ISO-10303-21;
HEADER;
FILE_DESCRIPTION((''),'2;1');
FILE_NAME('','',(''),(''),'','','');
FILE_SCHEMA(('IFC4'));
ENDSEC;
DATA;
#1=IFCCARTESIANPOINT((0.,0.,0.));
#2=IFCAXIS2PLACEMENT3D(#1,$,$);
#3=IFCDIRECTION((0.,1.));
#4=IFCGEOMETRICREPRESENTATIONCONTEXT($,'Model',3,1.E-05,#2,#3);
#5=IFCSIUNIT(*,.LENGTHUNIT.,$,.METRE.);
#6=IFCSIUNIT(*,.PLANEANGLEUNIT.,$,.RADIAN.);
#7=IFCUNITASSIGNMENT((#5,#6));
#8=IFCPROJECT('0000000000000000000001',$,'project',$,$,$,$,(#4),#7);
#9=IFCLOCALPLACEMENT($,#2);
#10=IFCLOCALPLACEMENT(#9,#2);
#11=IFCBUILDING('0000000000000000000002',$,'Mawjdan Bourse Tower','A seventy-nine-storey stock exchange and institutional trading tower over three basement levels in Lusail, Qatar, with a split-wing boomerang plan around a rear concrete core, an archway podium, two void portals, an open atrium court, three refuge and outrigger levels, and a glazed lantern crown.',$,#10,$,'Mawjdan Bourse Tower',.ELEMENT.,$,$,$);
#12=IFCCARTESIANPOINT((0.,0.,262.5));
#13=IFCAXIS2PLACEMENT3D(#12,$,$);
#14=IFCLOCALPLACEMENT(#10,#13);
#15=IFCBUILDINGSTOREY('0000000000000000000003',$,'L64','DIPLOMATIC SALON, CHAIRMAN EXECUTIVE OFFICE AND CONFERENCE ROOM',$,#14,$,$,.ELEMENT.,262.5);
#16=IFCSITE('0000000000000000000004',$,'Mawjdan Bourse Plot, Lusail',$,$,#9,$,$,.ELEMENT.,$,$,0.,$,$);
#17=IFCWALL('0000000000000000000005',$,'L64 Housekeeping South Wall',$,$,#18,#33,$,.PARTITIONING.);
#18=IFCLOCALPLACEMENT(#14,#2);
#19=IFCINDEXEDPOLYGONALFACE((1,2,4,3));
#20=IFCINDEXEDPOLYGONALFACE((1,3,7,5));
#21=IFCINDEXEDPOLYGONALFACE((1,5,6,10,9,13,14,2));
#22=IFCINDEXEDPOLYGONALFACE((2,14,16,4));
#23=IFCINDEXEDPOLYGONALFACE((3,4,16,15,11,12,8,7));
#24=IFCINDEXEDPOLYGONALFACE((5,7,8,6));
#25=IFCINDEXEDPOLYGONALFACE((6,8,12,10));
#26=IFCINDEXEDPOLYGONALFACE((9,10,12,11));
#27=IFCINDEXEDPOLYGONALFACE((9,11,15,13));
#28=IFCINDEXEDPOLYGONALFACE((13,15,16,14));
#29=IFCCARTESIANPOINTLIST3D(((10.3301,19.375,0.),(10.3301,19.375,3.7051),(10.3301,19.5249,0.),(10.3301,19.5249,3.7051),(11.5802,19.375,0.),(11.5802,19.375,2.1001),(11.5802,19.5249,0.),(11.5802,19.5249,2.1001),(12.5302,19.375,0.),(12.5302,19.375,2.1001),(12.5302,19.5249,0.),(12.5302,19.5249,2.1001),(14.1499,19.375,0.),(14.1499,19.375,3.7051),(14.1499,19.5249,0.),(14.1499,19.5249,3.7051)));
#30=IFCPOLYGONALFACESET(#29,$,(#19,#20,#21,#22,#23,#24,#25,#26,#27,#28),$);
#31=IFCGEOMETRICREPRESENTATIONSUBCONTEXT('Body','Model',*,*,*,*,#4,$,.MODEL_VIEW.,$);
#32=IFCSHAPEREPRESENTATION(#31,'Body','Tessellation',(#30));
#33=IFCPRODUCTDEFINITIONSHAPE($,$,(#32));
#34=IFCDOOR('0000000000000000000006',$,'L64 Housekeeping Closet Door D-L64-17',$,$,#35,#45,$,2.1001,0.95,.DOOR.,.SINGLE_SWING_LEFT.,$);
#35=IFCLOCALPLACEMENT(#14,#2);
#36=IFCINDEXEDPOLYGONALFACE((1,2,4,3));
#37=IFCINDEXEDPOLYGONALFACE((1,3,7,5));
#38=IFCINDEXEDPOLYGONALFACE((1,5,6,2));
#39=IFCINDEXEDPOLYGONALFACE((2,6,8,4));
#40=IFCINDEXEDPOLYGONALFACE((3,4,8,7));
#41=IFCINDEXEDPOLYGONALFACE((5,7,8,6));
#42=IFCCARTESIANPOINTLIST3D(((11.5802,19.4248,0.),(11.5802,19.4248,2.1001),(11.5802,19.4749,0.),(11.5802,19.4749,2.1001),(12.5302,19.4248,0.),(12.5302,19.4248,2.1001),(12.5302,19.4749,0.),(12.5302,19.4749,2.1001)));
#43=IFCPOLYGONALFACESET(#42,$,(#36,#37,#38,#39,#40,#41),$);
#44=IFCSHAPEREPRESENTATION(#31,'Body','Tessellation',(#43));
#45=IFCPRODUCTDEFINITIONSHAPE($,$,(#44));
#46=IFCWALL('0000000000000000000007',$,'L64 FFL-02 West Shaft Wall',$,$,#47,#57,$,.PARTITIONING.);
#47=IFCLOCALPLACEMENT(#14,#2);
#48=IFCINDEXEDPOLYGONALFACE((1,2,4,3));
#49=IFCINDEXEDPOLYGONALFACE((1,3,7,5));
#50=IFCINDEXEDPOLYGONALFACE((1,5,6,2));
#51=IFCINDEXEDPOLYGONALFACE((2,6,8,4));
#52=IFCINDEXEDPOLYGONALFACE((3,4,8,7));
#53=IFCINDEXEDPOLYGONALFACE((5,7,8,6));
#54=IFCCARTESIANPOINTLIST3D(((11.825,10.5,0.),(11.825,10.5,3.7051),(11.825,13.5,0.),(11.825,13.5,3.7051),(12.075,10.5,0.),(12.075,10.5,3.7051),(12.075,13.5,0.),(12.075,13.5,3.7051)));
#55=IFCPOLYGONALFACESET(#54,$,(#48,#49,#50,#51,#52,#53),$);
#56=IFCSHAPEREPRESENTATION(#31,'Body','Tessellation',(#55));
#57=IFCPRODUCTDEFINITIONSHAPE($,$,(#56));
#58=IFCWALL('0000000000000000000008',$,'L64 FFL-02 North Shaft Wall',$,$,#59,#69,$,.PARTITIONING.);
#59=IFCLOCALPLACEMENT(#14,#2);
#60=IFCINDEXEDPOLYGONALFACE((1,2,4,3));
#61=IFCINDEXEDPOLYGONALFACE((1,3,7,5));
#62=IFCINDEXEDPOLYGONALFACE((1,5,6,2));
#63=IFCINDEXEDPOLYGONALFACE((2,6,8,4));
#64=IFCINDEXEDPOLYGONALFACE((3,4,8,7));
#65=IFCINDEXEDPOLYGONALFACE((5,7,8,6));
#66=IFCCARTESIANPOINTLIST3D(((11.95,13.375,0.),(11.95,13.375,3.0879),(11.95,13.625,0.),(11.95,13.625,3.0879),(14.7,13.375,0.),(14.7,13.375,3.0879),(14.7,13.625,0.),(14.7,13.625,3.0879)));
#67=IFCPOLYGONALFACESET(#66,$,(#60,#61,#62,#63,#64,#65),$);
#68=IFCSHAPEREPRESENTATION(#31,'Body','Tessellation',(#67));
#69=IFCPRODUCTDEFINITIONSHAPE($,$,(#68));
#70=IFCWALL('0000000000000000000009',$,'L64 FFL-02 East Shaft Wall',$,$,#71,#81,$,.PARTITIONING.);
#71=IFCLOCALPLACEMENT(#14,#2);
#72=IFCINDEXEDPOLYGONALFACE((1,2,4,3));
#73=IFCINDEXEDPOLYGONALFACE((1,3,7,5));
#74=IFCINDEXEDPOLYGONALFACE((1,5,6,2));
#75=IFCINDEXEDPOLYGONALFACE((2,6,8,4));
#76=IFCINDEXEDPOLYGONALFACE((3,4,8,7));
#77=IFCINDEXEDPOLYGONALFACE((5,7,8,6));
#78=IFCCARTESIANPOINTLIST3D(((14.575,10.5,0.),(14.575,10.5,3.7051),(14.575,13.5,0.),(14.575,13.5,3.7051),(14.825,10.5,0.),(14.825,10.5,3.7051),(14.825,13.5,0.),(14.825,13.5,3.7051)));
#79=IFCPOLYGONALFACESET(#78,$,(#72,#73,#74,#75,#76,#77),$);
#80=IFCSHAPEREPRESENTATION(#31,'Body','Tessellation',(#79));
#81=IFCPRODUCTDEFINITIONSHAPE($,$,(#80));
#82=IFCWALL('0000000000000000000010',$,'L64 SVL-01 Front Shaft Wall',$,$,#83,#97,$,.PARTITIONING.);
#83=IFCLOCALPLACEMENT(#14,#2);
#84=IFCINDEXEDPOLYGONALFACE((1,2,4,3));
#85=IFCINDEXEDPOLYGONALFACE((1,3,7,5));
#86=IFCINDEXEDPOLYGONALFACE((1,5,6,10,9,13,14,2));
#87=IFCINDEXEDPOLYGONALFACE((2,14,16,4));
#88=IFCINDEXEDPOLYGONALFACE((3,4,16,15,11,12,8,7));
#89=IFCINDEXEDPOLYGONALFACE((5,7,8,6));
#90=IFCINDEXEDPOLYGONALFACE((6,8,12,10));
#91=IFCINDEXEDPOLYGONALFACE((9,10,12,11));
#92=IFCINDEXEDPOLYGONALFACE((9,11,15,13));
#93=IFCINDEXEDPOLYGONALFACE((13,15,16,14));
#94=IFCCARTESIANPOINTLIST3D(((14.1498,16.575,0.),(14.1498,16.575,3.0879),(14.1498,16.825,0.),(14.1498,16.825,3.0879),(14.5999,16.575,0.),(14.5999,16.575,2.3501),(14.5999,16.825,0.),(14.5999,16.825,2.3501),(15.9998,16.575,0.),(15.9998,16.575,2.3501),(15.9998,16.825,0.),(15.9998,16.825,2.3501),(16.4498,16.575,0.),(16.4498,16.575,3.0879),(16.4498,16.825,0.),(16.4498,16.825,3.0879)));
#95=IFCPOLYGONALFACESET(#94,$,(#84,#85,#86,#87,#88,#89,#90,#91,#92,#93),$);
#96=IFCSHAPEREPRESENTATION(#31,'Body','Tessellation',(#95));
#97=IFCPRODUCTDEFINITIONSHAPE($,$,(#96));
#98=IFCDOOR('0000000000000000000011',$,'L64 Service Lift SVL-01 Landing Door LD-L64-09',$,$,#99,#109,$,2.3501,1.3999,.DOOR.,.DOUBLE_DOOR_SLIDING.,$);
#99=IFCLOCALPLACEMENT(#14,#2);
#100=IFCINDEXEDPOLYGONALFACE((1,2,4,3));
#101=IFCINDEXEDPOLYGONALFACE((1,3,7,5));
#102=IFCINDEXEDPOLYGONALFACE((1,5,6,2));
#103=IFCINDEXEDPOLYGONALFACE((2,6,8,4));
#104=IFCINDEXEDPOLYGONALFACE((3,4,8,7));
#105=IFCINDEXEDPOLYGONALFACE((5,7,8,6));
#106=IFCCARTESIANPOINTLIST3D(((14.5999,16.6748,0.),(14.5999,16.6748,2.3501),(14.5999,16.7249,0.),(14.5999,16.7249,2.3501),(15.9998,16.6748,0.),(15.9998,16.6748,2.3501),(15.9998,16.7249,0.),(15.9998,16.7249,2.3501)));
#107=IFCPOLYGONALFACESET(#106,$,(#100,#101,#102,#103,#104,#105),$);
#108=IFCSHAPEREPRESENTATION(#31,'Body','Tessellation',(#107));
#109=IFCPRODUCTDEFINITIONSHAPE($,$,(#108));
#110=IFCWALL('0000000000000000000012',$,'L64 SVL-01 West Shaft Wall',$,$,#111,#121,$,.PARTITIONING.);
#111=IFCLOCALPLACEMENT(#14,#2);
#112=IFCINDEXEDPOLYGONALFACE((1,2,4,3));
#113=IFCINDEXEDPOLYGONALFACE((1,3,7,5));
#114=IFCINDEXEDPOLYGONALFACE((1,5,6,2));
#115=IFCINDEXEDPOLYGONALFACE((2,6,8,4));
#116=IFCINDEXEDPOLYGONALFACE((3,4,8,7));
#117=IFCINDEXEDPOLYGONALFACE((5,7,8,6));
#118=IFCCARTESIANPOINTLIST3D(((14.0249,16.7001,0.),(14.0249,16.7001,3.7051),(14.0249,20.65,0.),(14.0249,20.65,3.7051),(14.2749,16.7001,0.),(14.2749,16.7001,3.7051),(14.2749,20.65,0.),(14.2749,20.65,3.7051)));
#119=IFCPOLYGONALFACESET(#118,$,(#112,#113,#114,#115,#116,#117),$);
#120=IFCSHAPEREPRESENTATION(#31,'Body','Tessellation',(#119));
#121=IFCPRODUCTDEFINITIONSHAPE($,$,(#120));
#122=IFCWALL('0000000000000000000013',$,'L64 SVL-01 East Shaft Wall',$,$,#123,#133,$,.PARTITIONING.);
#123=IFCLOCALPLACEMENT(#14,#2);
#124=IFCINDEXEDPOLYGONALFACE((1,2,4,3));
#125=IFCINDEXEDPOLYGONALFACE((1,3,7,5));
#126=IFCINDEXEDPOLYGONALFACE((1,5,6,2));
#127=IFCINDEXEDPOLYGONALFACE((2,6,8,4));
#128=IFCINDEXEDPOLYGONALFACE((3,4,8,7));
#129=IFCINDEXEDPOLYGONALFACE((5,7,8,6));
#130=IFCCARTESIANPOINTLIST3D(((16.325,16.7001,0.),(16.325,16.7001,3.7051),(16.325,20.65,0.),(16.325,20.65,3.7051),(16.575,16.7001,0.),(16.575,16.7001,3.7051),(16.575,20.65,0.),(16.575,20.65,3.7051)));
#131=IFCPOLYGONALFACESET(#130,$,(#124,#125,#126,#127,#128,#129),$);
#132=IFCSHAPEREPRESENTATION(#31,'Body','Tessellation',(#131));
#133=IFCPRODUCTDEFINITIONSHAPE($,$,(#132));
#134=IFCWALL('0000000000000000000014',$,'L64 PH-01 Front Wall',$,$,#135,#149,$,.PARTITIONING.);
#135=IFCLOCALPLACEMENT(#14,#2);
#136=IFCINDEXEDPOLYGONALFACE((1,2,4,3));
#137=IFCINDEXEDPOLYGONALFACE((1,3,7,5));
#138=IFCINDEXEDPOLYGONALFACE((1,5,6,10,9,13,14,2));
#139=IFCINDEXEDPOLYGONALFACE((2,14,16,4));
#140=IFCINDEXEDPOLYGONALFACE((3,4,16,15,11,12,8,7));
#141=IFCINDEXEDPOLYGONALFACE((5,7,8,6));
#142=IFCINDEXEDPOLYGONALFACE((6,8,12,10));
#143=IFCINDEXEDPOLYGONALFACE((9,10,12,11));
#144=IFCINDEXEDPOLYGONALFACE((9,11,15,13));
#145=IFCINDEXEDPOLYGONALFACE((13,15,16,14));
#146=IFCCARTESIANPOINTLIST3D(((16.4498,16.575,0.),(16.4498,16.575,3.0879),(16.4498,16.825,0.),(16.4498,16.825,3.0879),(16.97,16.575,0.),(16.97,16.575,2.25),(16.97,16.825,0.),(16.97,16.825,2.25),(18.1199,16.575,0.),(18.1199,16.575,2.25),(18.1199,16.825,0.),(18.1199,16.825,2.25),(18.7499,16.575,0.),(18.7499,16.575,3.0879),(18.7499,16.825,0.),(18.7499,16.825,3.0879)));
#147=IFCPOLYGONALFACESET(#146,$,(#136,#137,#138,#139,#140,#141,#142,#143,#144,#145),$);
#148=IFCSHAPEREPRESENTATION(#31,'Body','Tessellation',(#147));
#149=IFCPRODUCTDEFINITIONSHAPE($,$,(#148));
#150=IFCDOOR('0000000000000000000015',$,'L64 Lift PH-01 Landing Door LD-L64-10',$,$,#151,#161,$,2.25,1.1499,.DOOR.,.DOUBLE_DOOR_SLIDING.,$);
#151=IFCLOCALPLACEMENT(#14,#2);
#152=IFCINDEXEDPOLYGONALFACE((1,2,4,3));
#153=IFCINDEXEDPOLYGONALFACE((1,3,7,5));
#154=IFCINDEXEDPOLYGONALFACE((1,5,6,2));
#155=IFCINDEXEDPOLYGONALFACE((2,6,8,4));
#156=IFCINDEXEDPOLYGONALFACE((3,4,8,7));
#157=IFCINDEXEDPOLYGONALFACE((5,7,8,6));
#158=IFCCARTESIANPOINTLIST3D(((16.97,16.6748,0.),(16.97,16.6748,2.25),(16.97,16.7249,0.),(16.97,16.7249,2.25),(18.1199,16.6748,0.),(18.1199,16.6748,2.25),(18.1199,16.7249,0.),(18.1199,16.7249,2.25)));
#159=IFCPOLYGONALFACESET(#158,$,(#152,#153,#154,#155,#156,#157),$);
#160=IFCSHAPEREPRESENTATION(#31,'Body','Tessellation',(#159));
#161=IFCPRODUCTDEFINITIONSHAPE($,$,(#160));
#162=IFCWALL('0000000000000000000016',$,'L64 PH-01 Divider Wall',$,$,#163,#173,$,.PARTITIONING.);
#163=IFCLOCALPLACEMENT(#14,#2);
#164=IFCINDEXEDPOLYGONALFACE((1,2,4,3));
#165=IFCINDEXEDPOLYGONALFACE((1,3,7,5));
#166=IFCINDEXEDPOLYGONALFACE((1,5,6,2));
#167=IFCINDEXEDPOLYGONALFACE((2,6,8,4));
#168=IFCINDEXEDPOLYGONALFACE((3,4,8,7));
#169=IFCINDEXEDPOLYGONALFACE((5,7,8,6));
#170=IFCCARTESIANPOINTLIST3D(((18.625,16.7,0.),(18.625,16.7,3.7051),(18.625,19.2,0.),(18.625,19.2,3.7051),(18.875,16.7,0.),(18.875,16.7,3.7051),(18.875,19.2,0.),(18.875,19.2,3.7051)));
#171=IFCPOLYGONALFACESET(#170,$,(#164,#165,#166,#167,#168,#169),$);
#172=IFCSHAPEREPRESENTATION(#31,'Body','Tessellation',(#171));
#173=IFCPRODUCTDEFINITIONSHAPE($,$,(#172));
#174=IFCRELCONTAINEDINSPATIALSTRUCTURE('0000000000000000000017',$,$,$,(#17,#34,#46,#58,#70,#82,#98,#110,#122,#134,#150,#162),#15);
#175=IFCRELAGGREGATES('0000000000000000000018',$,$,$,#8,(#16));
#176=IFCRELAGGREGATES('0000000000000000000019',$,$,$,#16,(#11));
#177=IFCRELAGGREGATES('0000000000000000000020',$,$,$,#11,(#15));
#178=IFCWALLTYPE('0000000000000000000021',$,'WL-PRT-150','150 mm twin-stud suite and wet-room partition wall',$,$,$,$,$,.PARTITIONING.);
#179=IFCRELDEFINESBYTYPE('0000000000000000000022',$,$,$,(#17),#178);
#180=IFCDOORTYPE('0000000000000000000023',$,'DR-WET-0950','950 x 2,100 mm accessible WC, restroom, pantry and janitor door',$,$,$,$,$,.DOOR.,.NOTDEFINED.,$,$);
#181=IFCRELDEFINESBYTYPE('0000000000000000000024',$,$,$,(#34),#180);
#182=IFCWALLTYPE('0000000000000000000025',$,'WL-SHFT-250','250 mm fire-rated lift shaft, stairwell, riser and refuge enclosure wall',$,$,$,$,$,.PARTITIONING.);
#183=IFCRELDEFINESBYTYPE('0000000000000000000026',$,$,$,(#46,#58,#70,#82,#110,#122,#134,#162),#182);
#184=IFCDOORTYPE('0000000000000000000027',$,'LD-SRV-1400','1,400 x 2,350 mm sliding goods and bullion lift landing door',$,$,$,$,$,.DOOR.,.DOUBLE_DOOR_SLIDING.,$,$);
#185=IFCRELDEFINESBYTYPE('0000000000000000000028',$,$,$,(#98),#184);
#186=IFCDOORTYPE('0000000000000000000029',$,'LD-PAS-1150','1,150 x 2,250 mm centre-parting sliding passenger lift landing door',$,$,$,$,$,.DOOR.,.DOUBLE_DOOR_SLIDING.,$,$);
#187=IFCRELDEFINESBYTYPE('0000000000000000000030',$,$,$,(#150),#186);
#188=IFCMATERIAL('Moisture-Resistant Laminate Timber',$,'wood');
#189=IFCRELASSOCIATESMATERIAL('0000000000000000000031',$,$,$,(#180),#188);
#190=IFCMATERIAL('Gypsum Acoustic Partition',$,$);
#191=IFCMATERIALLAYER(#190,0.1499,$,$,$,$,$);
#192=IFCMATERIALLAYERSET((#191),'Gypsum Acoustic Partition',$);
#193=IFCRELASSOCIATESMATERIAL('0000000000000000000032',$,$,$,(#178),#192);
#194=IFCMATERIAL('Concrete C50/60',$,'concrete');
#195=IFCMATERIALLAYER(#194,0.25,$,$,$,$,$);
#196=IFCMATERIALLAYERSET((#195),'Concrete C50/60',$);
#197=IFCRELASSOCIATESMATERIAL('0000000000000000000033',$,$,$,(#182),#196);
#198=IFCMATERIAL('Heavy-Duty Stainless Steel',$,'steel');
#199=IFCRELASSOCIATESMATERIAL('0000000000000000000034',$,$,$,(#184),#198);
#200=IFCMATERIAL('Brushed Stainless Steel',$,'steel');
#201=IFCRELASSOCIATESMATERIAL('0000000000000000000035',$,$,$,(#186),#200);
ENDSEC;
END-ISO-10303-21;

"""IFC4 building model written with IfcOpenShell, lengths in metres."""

from ifc_helpers import new_model, si_unit, direction, frame, frame_2d, origin, place, context, subcontext, project, spatial, rectangle, extrude, material, layer, layer_set, type_object, element, fill, save


model = new_model("IFC4")

# Units and contexts
model_context = context("Model", 3, precision=1e-05, world=origin(), true_north=direction((0.0, 1.0)))
body_context = subcontext(model_context, "Body", "Model", "MODEL_VIEW")
ifc_project = project(units=[si_unit("LENGTHUNIT", "METRE"), si_unit("PLANEANGLEUNIT", "RADIAN")], contexts=[model_context])

# Site, building, storey
site_placement = place(None, origin())
site = spatial("IfcSite", under=ifc_project, at=site_placement, Name="Mawjdan Bourse Plot, Lusail", CompositionType="ELEMENT", RefElevation=0.0)
building_placement = place(site_placement, origin())
building = spatial("IfcBuilding", under=site, at=building_placement, Name="Mawjdan Bourse Tower", Description="A seventy-nine-storey stock exchange and institutional trading tower over three basement levels in Lusail, Qatar, with a split-wing boomerang plan around a rear concrete core, an archway podium, two void portals, an open atrium court, three refuge and outrigger levels, and a glazed lantern crown.", LongName="Mawjdan Bourse Tower", CompositionType="ELEMENT")
storey_placement = place(building_placement, frame((0.0, 0.0, 262.5)))
storey = spatial("IfcBuildingStorey", under=building, at=storey_placement, Name="L64", Description="DIPLOMATIC SALON, CHAIRMAN EXECUTIVE OFFICE AND CONFERENCE ROOM", CompositionType="ELEMENT", Elevation=262.5)

# Wall, opening, door
ifc_material_1 = material(Name="Moisture-Resistant Laminate Timber", Category="wood")
door_type_1 = type_object("IfcDoorType", Name="DR-WET-0950", Description="950 x 2,100 mm accessible WC, restroom, pantry and janitor door", OperationType="NOTDEFINED", PredefinedType="DOOR", material=ifc_material_1)
ifc_material_2 = material(Name="Gypsum Acoustic Partition")
ifc_layer_1 = layer(ifc_material_2, 0.1499)
ifc_layer_set_1 = layer_set([ifc_layer_1], Name="Gypsum Acoustic Partition")
wall_type_1 = type_object("IfcWallType", Name="WL-PRT-150", Description="150 mm twin-stud suite and wet-room partition wall", PredefinedType="PARTITIONING", material=ifc_layer_set_1)
wall_1_placement = place(storey_placement, frame((10.3301, 19.45, 0.0), z_axis=(0.0, 0.0, 1.0), x_axis=(1.0, 0.0, 0.0)))
wall_1 = element("IfcWall", 1, at=wall_1_placement, inside=storey, type_object=wall_type_1, Name="L64 Housekeeping South Wall", PredefinedType="PARTITIONING", context=body_context, shape_type="SweptSolid", body=[
    extrude(rectangle(XDim=3.8198, YDim=0.1499, at=frame_2d((1.9099, 0.0))), origin(), (0.0, 0.0, 1.0), 3.7051),
])
opening_1_placement = place(wall_1_placement, frame((1.25, 0.0, 0.0)))
opening_1 = element("IfcOpeningElement", 2, at=opening_1_placement, cuts=wall_1, PredefinedType="OPENING", context=body_context, shape_type="SweptSolid", body=[
    extrude(rectangle(XDim=0.95, YDim=2.1001, at=frame_2d((0.4751, 1.05))), frame((0.0, 0.085, 0.0), z_axis=(0.0, -1.0, 0.0), x_axis=(1.0, 0.0, 0.0)), (0.0, 0.0, 1.0), 0.1699),
])
door_1_placement = place(opening_1_placement, origin())
door_1 = element("IfcDoor", 3, at=door_1_placement, inside=storey, type_object=door_type_1, Name="L64 Housekeeping Closet Door D-L64-17", OperationType="SINGLE_SWING_LEFT", OverallHeight=2.1001, OverallWidth=0.95, PredefinedType="DOOR", context=body_context, shape_type="SweptSolid", body=[
    extrude(rectangle(XDim=0.95, YDim=2.1001, at=frame_2d((0.4751, 1.05))), frame((0.0, 0.0249, 0.0), z_axis=(0.0, -1.0, 0.0), x_axis=(1.0, 0.0, 0.0)), (0.0, 0.0, 1.0), 0.05),
])
fill(opening_1, door_1)

# Walls
ifc_material_3 = material(Name="Concrete C50/60", Category="concrete")
ifc_layer_2 = layer(ifc_material_3, 0.25)
ifc_layer_set_2 = layer_set([ifc_layer_2], Name="Concrete C50/60")
wall_type_2 = type_object("IfcWallType", Name="WL-SHFT-250", Description="250 mm fire-rated lift shaft, stairwell, riser and refuge enclosure wall", PredefinedType="PARTITIONING", material=ifc_layer_set_2)
wall_2_placement = place(storey_placement, frame((11.95, 10.5, 0.0), z_axis=(0.0, 0.0, 1.0), x_axis=(0.0, 1.0, 0.0)))
element("IfcWall", 4, at=wall_2_placement, inside=storey, type_object=wall_type_2, Name="L64 FFL-02 West Shaft Wall", PredefinedType="PARTITIONING", context=body_context, shape_type="SweptSolid", body=[
    extrude(rectangle(XDim=3.0, YDim=0.25, at=frame_2d((1.5, 0.0))), origin(), (0.0, 0.0, 1.0), 3.7051),
])
wall_3_placement = place(storey_placement, frame((11.95, 13.5, 0.0), z_axis=(0.0, 0.0, 1.0), x_axis=(1.0, 0.0, 0.0)))
element("IfcWall", 5, at=wall_3_placement, inside=storey, type_object=wall_type_2, Name="L64 FFL-02 North Shaft Wall", PredefinedType="PARTITIONING", context=body_context, shape_type="SweptSolid", body=[
    extrude(rectangle(XDim=2.75, YDim=0.25, at=frame_2d((1.375, 0.0))), origin(), (0.0, 0.0, 1.0), 3.0879),
])
wall_4_placement = place(storey_placement, frame((14.7, 10.5, 0.0), z_axis=(0.0, 0.0, 1.0), x_axis=(0.0, 1.0, 0.0)))
element("IfcWall", 6, at=wall_4_placement, inside=storey, type_object=wall_type_2, Name="L64 FFL-02 East Shaft Wall", PredefinedType="PARTITIONING", context=body_context, shape_type="SweptSolid", body=[
    extrude(rectangle(XDim=3.0, YDim=0.25, at=frame_2d((1.5, 0.0))), origin(), (0.0, 0.0, 1.0), 3.7051),
])

# Wall, opening, door
wall_5_placement = place(storey_placement, frame((14.1499, 16.7, 0.0), z_axis=(0.0, 0.0, 1.0), x_axis=(1.0, 0.0, 0.0)))
wall_5 = element("IfcWall", 7, at=wall_5_placement, inside=storey, type_object=wall_type_2, Name="L64 SVL-01 Front Shaft Wall", PredefinedType="PARTITIONING", context=body_context, shape_type="SweptSolid", body=[
    extrude(rectangle(XDim=2.3, YDim=0.25, at=frame_2d((1.1499, 0.0))), origin(), (0.0, 0.0, 1.0), 3.0879),
])
opening_2_placement = place(wall_5_placement, frame((0.45, 0.0, 0.0)))
opening_2 = element("IfcOpeningElement", 8, at=opening_2_placement, cuts=wall_5, PredefinedType="OPENING", context=body_context, shape_type="SweptSolid", body=[
    extrude(rectangle(XDim=1.3999, YDim=2.3501, at=frame_2d((0.7, 1.175))), frame((0.0, 0.135, 0.0), z_axis=(0.0, -1.0, 0.0), x_axis=(1.0, 0.0, 0.0)), (0.0, 0.0, 1.0), 0.27),
])
ifc_material_4 = material(Name="Heavy-Duty Stainless Steel", Category="steel")
door_type_2 = type_object("IfcDoorType", Name="LD-SRV-1400", Description="1,400 x 2,350 mm sliding goods and bullion lift landing door", OperationType="DOUBLE_DOOR_SLIDING", PredefinedType="DOOR", material=ifc_material_4)
door_2_placement = place(opening_2_placement, origin())
door_2 = element("IfcDoor", 9, at=door_2_placement, inside=storey, type_object=door_type_2, Name="L64 Service Lift SVL-01 Landing Door LD-L64-09", OperationType="DOUBLE_DOOR_SLIDING", OverallHeight=2.3501, OverallWidth=1.3999, PredefinedType="DOOR", context=body_context, shape_type="SweptSolid", body=[
    extrude(rectangle(XDim=1.3999, YDim=2.3501, at=frame_2d((0.7, 1.175))), frame((0.0, 0.0249, 0.0), z_axis=(0.0, -1.0, 0.0), x_axis=(1.0, 0.0, 0.0)), (0.0, 0.0, 1.0), 0.05),
])
fill(opening_2, door_2)

# Walls
for number, where, z_axis, x_axis, name in (
    (10, (14.1499, 16.7, 0.0), (0.0, 0.0, 1.0), (0.0, 1.0, 0.0), "L64 SVL-01 West Shaft Wall"),
    (11, (16.45, 16.7, 0.0), (0.0, 0.0, 1.0), (0.0, 1.0, 0.0), "L64 SVL-01 East Shaft Wall"),
):
    element("IfcWall", number, at=place(storey_placement, frame(where, z_axis=z_axis, x_axis=x_axis)), inside=storey, type_object=wall_type_2, Name=name, PredefinedType="PARTITIONING", context=body_context, shape_type="SweptSolid", body=[
        extrude(rectangle(XDim=3.95, YDim=0.25, at=frame_2d((1.9751, 0.0))), origin(), (0.0, 0.0, 1.0), 3.7051),
    ])

# Wall, opening, door
wall_6_placement = place(storey_placement, frame((16.45, 16.7, 0.0), z_axis=(0.0, 0.0, 1.0), x_axis=(1.0, 0.0, 0.0)))
wall_6 = element("IfcWall", 12, at=wall_6_placement, inside=storey, type_object=wall_type_2, Name="L64 PH-01 Front Wall", PredefinedType="PARTITIONING", context=body_context, shape_type="SweptSolid", body=[
    extrude(rectangle(XDim=2.3, YDim=0.25, at=frame_2d((1.1499, 0.0))), origin(), (0.0, 0.0, 1.0), 3.0879),
])
opening_3_placement = place(wall_6_placement, frame((0.52, 0.0, 0.0)))
opening_3 = element("IfcOpeningElement", 13, at=opening_3_placement, cuts=wall_6, PredefinedType="OPENING", context=body_context, shape_type="SweptSolid", body=[
    extrude(rectangle(XDim=1.1499, YDim=2.25, at=frame_2d((0.575, 1.125))), frame((0.0, 0.135, 0.0), z_axis=(0.0, -1.0, 0.0), x_axis=(1.0, 0.0, 0.0)), (0.0, 0.0, 1.0), 0.27),
])
ifc_material_5 = material(Name="Brushed Stainless Steel", Category="steel")
door_type_3 = type_object("IfcDoorType", Name="LD-PAS-1150", Description="1,150 x 2,250 mm centre-parting sliding passenger lift landing door", OperationType="DOUBLE_DOOR_SLIDING", PredefinedType="DOOR", material=ifc_material_5)
door_3_placement = place(opening_3_placement, origin())
door_3 = element("IfcDoor", 14, at=door_3_placement, inside=storey, type_object=door_type_3, Name="L64 Lift PH-01 Landing Door LD-L64-10", OperationType="DOUBLE_DOOR_SLIDING", OverallHeight=2.25, OverallWidth=1.1499, PredefinedType="DOOR", context=body_context, shape_type="SweptSolid", body=[
    extrude(rectangle(XDim=1.1499, YDim=2.25, at=frame_2d((0.575, 1.125))), frame((0.0, 0.0249, 0.0), z_axis=(0.0, -1.0, 0.0), x_axis=(1.0, 0.0, 0.0)), (0.0, 0.0, 1.0), 0.05),
])
fill(opening_3, door_3)

# Wall
wall_7_placement = place(storey_placement, frame((18.75, 16.7, 0.0), z_axis=(0.0, 0.0, 1.0), x_axis=(0.0, 1.0, 0.0)))
element("IfcWall", 15, at=wall_7_placement, inside=storey, type_object=wall_type_2, Name="L64 PH-01 Divider Wall", PredefinedType="PARTITIONING", context=body_context, shape_type="SweptSolid", body=[
    extrude(rectangle(XDim=2.5, YDim=0.25, at=frame_2d((1.25, 0.0))), origin(), (0.0, 0.0, 1.0), 3.7051),
])

save(model, "model.ifc")
